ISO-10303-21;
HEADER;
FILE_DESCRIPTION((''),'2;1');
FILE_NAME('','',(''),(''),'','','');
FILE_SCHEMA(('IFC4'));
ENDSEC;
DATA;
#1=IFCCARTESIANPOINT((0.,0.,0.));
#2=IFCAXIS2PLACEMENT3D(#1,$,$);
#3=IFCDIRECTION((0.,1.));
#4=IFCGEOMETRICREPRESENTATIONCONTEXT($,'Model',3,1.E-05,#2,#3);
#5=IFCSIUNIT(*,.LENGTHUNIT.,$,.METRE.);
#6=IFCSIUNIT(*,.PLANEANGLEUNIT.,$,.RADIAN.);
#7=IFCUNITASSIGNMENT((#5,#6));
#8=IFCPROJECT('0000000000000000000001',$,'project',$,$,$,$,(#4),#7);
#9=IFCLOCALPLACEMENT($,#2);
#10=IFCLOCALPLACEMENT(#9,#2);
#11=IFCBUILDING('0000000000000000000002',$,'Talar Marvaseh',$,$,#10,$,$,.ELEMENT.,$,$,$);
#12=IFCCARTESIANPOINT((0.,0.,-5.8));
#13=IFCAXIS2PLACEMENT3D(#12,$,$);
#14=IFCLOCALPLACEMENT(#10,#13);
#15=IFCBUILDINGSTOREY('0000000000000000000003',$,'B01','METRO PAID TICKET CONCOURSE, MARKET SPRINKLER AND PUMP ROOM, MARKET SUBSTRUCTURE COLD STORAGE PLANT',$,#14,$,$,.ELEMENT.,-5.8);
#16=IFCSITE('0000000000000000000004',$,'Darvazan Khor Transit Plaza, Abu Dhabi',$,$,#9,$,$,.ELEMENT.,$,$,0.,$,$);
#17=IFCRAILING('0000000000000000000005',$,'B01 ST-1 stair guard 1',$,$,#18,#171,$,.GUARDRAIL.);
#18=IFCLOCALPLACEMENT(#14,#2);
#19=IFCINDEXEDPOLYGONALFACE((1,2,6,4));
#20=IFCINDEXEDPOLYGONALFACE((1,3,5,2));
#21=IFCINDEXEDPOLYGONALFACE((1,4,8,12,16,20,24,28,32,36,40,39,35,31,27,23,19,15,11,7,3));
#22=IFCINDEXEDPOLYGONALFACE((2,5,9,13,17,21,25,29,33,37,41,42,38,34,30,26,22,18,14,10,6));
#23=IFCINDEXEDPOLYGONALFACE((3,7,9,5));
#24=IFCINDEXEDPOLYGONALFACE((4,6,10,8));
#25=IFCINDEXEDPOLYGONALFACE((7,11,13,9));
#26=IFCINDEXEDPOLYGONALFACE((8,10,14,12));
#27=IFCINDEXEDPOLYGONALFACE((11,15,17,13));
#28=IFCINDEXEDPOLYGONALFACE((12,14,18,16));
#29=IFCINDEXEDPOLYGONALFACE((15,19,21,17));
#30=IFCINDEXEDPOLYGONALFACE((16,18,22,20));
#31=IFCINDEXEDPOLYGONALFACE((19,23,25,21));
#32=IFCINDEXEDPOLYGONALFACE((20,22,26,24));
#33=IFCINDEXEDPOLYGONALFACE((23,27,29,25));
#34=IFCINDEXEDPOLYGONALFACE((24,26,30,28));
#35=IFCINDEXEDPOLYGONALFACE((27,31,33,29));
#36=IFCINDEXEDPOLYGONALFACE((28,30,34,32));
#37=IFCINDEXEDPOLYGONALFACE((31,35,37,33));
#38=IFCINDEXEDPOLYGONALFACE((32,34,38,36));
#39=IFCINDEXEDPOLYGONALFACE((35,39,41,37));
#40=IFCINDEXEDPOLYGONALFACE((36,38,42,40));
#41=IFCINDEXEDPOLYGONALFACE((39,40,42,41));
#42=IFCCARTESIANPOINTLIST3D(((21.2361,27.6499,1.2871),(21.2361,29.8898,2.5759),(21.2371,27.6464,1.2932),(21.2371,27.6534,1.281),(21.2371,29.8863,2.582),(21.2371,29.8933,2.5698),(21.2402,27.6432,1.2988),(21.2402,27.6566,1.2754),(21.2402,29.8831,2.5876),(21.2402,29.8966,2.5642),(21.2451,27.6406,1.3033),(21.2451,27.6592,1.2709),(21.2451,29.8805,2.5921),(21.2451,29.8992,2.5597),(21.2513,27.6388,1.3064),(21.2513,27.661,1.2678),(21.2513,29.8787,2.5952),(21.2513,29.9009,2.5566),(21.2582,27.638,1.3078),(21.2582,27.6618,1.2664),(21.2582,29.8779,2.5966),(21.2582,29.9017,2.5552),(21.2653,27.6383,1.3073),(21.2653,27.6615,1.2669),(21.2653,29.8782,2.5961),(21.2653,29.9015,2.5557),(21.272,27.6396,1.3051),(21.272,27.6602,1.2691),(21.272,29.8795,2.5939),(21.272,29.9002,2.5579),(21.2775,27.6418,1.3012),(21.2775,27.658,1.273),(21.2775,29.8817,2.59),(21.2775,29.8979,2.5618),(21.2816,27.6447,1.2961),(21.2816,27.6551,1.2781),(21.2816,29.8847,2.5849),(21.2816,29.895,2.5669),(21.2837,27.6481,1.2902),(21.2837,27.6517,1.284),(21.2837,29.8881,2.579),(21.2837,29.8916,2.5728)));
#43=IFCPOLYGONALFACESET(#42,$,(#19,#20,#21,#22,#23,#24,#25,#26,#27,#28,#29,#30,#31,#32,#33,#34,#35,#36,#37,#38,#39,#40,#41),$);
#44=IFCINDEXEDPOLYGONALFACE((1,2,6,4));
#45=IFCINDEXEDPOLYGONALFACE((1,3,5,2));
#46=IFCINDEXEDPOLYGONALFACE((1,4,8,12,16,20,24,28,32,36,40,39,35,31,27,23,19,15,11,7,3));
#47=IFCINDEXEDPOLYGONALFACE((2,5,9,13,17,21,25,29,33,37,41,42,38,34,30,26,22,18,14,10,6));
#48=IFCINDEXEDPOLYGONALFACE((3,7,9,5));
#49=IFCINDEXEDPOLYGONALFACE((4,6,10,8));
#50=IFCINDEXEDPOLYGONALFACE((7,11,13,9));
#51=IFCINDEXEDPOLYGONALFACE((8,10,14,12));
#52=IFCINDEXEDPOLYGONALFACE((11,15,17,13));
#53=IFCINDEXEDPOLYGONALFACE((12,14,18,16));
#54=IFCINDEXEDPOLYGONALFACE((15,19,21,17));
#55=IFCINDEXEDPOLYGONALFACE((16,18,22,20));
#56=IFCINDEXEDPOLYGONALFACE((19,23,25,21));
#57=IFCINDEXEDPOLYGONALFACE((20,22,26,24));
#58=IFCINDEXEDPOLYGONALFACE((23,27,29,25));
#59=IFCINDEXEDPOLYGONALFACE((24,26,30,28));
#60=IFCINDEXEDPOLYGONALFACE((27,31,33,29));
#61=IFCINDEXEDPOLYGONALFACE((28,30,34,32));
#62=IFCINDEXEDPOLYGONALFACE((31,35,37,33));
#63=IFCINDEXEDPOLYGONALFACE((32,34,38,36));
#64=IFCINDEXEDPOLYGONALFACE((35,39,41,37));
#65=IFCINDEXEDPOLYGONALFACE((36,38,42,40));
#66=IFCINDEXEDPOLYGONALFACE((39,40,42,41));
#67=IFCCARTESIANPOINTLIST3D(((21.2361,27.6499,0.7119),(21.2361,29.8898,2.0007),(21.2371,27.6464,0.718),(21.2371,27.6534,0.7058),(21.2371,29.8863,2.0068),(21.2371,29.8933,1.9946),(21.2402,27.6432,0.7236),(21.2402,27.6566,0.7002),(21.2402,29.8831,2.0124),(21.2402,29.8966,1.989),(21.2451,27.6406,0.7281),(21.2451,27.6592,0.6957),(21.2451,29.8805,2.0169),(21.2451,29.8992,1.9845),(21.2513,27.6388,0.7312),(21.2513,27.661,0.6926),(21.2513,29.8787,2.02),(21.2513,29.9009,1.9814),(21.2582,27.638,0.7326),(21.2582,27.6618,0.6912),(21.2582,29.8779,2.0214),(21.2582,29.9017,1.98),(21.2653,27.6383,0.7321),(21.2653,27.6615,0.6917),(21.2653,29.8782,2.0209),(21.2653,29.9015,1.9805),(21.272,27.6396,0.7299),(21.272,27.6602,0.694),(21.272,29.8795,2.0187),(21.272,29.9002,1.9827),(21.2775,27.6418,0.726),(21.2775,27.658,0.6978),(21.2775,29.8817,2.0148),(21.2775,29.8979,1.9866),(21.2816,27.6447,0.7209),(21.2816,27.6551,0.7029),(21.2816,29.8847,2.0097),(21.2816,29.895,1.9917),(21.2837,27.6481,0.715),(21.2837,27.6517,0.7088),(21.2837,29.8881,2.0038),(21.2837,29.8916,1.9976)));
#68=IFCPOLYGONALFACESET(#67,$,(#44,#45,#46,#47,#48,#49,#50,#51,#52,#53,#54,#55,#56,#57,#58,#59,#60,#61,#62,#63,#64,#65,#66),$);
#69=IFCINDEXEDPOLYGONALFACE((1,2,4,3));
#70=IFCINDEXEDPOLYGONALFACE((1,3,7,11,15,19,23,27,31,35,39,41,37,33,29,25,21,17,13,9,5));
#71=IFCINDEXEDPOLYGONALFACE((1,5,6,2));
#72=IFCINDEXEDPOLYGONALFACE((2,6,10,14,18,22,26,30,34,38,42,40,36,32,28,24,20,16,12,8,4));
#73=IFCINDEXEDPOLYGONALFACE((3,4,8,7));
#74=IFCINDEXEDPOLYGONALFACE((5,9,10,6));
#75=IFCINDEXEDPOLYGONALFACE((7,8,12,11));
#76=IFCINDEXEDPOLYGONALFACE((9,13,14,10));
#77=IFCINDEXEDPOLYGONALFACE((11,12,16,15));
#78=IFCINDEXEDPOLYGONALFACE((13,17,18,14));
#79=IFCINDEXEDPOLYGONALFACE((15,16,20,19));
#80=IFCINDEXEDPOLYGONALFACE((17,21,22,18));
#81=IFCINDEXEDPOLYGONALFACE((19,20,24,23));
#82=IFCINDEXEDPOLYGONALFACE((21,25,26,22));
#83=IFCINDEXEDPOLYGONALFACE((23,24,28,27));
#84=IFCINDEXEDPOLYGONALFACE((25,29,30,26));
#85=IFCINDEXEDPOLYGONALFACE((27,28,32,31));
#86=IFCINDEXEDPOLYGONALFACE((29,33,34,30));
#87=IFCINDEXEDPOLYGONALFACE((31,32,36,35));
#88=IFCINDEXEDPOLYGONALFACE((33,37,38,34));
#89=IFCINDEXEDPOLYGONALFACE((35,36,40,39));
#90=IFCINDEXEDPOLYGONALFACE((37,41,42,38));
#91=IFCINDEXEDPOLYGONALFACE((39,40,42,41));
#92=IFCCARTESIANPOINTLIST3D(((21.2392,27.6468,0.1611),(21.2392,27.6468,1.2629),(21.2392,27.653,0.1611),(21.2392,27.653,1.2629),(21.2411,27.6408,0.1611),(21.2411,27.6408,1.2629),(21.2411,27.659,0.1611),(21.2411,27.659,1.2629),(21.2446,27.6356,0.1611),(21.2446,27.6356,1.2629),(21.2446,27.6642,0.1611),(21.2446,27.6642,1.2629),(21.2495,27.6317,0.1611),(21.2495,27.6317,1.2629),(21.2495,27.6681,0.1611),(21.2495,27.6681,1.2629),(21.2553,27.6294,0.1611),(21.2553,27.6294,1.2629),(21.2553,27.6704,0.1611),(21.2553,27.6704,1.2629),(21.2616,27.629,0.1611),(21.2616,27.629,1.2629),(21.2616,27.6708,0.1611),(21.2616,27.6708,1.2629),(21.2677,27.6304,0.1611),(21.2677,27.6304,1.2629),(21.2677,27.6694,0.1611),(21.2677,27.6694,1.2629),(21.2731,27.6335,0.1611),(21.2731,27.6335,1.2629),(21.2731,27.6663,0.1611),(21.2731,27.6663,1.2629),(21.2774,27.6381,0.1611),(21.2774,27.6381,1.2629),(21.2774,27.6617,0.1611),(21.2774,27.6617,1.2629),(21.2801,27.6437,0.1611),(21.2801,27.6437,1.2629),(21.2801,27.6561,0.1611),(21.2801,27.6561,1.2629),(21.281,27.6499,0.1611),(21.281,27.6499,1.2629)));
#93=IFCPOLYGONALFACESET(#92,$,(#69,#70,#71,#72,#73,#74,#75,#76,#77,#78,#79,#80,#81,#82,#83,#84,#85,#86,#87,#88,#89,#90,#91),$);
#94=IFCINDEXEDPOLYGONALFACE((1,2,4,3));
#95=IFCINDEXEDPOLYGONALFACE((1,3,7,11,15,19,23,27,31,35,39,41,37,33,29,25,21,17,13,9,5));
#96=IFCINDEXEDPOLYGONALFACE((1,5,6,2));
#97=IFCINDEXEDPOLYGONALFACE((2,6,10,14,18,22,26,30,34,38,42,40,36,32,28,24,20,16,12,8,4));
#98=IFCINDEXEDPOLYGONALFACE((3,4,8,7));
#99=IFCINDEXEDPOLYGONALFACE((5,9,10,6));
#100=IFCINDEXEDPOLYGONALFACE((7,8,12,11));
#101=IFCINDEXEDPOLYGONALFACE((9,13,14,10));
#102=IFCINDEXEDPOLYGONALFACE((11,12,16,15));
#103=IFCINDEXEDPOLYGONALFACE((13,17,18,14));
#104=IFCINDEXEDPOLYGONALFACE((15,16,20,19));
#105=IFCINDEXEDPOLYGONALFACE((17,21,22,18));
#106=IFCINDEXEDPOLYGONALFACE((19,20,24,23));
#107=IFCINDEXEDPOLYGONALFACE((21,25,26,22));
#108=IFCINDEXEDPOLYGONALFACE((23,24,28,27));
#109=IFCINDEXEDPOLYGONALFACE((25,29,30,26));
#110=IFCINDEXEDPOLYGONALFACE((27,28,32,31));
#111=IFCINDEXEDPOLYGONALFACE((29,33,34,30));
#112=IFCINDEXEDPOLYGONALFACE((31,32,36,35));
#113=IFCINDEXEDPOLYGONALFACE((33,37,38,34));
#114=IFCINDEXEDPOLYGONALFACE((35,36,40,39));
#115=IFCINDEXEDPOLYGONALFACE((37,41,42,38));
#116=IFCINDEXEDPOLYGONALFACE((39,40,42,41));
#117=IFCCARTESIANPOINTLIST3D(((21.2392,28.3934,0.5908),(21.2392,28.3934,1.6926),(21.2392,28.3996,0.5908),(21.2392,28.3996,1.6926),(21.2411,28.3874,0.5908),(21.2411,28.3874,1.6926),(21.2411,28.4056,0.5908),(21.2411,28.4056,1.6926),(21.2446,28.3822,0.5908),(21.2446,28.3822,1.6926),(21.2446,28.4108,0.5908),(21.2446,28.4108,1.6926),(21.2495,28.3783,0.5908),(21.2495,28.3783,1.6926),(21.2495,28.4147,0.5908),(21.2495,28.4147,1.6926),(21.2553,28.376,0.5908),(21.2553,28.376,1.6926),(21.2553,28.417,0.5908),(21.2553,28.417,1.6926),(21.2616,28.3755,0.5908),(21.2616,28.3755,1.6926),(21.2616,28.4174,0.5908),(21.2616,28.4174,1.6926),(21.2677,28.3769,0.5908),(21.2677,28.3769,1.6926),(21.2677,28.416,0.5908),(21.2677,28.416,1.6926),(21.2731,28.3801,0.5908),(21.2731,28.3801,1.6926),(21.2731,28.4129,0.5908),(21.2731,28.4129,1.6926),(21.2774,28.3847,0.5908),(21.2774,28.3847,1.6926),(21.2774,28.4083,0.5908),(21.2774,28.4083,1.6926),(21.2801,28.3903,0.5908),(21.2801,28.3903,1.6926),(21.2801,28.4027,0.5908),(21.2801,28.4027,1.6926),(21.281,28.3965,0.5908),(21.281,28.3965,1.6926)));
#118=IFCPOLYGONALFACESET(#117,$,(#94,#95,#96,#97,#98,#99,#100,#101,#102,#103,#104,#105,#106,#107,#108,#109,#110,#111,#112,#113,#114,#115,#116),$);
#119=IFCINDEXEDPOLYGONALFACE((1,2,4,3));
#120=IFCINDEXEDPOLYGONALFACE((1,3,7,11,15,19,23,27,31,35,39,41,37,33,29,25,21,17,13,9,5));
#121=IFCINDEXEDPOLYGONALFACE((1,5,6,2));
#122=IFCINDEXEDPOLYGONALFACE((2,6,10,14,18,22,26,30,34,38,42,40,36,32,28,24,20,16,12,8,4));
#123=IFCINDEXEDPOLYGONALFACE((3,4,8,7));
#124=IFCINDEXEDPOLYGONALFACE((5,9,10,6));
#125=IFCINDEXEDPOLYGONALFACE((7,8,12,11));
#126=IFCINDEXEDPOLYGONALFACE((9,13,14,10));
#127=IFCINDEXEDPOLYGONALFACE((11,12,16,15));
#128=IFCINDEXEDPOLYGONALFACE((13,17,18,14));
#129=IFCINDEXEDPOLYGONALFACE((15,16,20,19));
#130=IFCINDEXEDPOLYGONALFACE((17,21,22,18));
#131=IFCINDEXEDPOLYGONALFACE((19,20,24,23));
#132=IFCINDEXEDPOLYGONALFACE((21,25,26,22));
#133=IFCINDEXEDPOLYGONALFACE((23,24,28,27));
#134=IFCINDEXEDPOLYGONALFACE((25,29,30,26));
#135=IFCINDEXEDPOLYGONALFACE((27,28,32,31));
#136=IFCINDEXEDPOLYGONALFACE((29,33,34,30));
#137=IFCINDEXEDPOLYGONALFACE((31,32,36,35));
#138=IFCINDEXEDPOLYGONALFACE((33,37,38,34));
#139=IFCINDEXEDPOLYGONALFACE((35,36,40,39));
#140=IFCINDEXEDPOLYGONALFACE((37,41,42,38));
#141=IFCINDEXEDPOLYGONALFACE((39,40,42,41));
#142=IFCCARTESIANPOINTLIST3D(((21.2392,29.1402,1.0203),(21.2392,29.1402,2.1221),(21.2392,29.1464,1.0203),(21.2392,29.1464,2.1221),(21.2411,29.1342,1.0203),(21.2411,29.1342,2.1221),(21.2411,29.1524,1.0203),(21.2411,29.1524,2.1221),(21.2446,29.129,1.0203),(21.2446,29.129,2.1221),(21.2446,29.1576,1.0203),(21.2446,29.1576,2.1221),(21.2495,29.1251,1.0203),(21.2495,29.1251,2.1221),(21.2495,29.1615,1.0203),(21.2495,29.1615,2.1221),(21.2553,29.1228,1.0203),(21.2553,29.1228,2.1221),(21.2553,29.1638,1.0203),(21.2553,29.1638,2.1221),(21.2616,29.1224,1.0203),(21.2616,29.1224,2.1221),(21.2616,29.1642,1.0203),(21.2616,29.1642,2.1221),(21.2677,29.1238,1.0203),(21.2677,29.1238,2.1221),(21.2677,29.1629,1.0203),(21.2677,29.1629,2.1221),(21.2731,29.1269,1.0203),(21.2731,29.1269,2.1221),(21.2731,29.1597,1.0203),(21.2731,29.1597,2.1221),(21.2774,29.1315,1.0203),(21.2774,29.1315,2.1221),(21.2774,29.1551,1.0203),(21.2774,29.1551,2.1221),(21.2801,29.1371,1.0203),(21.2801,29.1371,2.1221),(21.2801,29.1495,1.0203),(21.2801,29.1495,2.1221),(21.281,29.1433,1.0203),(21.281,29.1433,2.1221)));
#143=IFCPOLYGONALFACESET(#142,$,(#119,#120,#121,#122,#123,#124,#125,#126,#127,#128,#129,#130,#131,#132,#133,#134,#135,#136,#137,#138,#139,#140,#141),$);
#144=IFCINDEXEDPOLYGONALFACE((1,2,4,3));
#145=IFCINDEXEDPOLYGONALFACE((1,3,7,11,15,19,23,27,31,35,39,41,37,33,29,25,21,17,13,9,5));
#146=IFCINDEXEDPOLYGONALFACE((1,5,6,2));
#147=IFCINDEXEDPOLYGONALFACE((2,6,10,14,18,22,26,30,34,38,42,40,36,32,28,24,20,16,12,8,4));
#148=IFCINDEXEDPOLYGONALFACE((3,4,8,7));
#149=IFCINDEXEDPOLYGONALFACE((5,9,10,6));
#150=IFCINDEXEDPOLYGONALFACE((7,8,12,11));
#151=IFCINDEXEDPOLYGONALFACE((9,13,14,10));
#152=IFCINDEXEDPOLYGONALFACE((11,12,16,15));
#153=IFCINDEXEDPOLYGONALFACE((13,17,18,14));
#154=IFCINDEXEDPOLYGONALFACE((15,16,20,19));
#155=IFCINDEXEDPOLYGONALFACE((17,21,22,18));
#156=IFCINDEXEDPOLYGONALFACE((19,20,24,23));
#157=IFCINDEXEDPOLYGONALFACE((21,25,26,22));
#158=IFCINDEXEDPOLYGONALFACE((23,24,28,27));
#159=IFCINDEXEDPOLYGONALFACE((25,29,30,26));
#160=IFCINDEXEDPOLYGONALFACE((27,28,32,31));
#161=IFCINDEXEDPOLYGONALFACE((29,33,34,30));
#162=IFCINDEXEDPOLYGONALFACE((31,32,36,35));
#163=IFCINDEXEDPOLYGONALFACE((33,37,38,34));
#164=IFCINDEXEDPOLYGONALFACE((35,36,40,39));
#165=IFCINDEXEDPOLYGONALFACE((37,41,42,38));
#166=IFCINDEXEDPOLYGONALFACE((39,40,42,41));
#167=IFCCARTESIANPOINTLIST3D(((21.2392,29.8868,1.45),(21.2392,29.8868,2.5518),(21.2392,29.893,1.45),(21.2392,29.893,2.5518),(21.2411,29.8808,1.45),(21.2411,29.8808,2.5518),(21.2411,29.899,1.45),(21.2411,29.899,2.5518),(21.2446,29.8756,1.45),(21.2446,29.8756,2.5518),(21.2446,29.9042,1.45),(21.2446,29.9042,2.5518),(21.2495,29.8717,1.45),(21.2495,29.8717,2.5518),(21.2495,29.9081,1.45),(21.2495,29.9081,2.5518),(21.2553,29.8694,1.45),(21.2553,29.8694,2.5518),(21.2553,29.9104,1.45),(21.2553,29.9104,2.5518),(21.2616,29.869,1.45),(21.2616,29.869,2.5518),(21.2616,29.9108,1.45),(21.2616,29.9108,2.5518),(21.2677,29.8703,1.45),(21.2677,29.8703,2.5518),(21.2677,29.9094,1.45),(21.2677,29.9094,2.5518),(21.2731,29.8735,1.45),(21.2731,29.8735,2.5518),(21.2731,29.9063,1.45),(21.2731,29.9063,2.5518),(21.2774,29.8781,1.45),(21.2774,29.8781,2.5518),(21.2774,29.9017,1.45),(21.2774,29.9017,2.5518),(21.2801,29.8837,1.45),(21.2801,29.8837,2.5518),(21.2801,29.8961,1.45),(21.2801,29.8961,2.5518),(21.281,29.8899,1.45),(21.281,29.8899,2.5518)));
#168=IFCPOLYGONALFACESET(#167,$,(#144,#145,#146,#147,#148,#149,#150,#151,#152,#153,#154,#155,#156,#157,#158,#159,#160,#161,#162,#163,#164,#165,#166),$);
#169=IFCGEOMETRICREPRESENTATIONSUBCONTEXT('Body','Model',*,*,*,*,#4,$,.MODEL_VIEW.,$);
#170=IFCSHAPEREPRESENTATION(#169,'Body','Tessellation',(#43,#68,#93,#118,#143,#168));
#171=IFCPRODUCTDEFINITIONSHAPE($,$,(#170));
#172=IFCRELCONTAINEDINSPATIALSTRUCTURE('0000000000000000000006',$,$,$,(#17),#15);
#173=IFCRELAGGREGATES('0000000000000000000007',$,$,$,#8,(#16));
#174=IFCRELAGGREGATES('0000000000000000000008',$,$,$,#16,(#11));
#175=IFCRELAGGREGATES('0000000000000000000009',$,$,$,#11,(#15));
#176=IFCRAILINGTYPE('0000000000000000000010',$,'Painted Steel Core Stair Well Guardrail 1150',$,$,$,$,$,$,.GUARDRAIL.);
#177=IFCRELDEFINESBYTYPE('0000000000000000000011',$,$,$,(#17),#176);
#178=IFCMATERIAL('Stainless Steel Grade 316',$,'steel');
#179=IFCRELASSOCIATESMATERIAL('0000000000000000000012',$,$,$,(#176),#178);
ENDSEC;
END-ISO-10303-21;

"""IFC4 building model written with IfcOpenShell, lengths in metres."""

from ifc_helpers import new_model, si_unit, direction, frame, origin, origin_2d, place, context, subcontext, project, spatial, circle, extrude, material, type_object, element, save


model = new_model("IFC4")

# Units and contexts
model_context = context("Model", 3, precision=1e-05, world=origin(), true_north=direction((0.0, 1.0)))
body_context = subcontext(model_context, "Body", "Model", "MODEL_VIEW")
ifc_project = project(units=[si_unit("LENGTHUNIT", "METRE"), si_unit("PLANEANGLEUNIT", "RADIAN")], contexts=[model_context])

# Site, building, storey
site_placement = place(None, origin())
site = spatial("IfcSite", under=ifc_project, at=site_placement, Name="Darvazan Khor Transit Plaza, Abu Dhabi", CompositionType="ELEMENT", RefElevation=0.0)
building_placement = place(site_placement, origin())
building = spatial("IfcBuilding", under=site, at=building_placement, Name="Talar Marvaseh", CompositionType="ELEMENT")
storey_placement = place(building_placement, frame((0.0, 0.0, -5.8)))
storey = spatial("IfcBuildingStorey", under=building, at=storey_placement, Name="B01", Description="METRO PAID TICKET CONCOURSE, MARKET SPRINKLER AND PUMP ROOM, MARKET SUBSTRUCTURE COLD STORAGE PLANT", CompositionType="ELEMENT", Elevation=-5.8)

# Railing
ifc_material_1 = material(Name="Stainless Steel Grade 316", Category="steel")
railing_type_1 = type_object("IfcRailingType", Name="Painted Steel Core Stair Well Guardrail 1150", PredefinedType="GUARDRAIL", material=ifc_material_1)
railing_1_placement = place(storey_placement, frame((21.26, 27.6499, 0.1611)))
element("IfcRailing", 1, at=railing_1_placement, inside=storey, type_object=railing_type_1, Name="B01 ST-1 stair guard 1", PredefinedType="GUARDRAIL", context=body_context, shape_type="SweptSolid", body=[
    extrude(circle(Radius=0.0239, at=origin_2d()), frame((0.0, 0.0, 1.126), z_axis=(0.0, 0.866768, 0.498711), x_axis=(-1.0, 0.0, 0.0)), (0.0, 0.0, 1.0), 2.5842),
    extrude(circle(Radius=0.0239, at=origin_2d()), frame((0.0, 0.0, 0.5508), z_axis=(0.0, 0.866768, 0.498711), x_axis=(-1.0, 0.0, 0.0)), (0.0, 0.0, 1.0), 2.5842),
    extrude(circle(Radius=0.021, at=origin_2d()), origin(), (0.0, 0.0, 1.0), 1.1018),
    extrude(circle(Radius=0.021, at=origin_2d()), frame((0.0, 0.7466, 0.4297)), (0.0, 0.0, 1.0), 1.1018),
    extrude(circle(Radius=0.021, at=origin_2d()), frame((0.0, 1.4934, 0.8591)), (0.0, 0.0, 1.0), 1.1018),
    extrude(circle(Radius=0.021, at=origin_2d()), frame((0.0, 2.24, 1.2888)), (0.0, 0.0, 1.0), 1.1018),
])

save(model, "model.ifc")
